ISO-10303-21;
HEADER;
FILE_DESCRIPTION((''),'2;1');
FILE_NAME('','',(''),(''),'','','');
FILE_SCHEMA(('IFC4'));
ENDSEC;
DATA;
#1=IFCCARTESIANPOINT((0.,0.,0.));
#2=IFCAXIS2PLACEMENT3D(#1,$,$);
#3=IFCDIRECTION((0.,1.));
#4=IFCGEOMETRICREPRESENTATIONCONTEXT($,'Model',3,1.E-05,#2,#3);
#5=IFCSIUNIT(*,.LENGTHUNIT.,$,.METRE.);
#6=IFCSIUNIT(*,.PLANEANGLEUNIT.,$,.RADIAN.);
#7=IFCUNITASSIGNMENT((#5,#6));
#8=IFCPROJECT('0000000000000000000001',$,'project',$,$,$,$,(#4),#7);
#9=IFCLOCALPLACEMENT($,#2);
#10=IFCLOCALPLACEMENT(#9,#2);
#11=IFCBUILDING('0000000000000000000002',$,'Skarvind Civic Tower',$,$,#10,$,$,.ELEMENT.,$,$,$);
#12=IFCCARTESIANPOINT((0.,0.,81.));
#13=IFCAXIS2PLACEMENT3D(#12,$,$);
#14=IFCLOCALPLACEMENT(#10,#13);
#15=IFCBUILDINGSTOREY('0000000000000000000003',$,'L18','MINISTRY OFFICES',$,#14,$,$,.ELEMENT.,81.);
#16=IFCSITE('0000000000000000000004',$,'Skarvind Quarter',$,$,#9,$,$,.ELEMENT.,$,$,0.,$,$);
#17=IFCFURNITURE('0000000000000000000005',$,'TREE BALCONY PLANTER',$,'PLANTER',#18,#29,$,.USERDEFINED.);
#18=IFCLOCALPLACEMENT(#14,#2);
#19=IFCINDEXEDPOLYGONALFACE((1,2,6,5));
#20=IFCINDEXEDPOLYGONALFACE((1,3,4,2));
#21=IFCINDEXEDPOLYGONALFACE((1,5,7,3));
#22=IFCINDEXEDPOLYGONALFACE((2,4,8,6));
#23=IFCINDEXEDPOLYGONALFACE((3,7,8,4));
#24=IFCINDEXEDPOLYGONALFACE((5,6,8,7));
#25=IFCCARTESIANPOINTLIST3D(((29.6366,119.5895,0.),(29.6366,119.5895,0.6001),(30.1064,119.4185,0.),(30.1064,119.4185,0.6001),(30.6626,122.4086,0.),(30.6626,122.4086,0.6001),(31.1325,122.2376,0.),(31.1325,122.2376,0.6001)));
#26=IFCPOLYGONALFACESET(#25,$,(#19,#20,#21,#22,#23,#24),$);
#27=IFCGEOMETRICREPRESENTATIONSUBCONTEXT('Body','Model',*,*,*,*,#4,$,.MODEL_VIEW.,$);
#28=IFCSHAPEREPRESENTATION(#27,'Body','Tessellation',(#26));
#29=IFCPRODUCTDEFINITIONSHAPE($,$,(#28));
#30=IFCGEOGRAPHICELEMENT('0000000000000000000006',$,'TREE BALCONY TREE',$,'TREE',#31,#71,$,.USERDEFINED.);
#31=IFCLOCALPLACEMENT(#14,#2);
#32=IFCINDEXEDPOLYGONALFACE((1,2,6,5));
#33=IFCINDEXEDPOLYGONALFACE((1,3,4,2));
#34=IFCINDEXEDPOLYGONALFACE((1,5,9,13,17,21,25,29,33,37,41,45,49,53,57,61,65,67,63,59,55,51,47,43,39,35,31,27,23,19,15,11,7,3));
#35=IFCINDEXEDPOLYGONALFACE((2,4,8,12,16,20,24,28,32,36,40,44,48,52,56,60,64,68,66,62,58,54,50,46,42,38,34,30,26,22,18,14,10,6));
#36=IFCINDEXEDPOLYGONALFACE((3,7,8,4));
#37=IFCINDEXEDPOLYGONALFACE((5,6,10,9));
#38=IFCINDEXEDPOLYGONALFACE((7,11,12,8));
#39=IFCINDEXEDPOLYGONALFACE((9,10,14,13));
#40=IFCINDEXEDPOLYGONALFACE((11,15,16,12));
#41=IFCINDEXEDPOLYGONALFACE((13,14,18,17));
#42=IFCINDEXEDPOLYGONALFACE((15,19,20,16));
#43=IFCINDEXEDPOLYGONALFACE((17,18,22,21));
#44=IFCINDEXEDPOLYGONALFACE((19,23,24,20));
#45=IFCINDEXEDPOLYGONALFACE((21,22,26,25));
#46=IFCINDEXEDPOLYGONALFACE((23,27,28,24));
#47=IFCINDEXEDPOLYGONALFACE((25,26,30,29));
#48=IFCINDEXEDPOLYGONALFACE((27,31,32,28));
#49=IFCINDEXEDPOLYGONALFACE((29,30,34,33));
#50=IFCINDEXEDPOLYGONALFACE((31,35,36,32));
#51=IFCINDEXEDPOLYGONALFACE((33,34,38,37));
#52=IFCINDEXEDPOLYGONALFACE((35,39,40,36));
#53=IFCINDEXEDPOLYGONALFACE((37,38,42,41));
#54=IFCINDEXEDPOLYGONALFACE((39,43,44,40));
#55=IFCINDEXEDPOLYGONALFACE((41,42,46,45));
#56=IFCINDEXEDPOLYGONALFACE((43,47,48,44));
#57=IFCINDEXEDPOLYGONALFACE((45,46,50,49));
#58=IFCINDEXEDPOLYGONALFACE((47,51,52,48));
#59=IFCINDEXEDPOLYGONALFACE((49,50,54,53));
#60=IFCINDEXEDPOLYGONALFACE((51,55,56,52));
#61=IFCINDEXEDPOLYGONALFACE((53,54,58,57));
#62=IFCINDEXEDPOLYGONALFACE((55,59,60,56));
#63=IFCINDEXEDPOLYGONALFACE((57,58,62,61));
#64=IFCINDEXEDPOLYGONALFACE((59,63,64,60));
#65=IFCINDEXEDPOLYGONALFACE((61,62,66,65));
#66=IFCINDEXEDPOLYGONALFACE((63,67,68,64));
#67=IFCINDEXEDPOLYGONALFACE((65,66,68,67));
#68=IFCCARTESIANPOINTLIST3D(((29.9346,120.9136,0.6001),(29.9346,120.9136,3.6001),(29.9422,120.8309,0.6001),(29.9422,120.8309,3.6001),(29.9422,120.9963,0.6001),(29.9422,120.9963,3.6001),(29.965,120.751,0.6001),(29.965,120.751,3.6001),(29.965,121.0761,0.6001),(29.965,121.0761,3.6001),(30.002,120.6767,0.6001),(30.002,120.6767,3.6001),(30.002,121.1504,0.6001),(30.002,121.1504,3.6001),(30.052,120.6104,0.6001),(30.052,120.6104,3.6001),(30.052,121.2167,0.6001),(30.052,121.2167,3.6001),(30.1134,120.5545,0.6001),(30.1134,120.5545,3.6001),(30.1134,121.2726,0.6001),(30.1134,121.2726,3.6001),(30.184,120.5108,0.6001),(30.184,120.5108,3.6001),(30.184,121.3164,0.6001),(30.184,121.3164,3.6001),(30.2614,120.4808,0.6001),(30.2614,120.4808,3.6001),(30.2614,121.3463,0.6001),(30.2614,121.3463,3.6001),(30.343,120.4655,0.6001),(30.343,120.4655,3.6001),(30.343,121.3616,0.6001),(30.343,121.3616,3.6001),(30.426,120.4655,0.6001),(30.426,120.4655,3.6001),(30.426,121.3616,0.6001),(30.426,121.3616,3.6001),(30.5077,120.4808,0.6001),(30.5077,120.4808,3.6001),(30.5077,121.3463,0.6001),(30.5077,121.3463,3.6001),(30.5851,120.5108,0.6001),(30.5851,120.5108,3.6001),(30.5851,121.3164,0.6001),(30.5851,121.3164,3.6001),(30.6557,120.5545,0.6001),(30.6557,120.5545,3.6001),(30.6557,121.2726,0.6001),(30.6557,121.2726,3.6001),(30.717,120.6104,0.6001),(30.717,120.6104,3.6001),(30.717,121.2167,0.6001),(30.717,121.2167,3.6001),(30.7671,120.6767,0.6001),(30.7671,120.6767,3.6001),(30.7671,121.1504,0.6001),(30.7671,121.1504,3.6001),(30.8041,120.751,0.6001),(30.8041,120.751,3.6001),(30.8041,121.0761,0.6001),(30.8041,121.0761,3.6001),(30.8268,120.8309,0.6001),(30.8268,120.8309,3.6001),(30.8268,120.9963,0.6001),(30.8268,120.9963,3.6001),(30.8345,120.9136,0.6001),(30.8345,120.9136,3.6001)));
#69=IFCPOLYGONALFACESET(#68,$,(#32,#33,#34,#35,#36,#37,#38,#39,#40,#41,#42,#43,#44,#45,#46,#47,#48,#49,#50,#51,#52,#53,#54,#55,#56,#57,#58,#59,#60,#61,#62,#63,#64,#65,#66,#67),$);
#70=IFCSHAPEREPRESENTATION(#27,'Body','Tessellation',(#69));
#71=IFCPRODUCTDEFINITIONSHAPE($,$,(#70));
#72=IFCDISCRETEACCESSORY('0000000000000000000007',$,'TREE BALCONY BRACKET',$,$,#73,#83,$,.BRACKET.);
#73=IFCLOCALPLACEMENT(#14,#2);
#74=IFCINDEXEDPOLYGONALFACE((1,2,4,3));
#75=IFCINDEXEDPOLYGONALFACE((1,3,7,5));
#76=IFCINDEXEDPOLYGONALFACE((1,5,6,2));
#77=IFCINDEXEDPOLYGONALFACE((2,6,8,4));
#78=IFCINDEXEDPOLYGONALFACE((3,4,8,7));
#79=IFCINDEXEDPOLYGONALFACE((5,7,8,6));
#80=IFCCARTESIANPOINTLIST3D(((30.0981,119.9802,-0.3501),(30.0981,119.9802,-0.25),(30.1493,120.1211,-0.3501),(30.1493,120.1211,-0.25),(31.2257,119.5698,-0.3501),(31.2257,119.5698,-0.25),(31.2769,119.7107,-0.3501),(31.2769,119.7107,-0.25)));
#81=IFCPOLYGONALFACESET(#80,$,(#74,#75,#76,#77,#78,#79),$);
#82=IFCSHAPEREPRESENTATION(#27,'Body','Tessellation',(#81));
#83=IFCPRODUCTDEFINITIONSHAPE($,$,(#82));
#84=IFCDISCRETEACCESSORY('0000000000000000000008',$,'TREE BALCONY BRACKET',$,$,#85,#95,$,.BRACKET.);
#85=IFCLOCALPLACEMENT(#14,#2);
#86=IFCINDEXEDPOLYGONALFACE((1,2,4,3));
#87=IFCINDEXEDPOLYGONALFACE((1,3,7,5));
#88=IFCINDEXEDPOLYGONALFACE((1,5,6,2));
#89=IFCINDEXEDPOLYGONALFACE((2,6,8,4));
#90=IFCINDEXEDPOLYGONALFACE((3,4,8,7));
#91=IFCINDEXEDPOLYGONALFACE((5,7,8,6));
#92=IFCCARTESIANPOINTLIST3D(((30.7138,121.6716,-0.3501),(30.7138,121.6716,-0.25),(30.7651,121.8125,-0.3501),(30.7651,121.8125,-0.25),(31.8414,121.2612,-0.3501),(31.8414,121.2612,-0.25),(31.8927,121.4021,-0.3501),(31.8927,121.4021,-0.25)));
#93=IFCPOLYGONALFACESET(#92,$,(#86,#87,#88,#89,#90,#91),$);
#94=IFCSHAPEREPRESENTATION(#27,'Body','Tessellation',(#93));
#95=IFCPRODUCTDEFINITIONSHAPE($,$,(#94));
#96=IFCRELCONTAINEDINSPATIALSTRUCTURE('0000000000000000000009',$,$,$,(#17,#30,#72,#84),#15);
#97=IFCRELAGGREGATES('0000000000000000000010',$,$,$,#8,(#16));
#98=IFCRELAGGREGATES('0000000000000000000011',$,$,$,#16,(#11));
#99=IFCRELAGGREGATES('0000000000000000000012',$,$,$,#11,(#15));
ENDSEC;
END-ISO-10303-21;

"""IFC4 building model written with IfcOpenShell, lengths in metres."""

from ifc_helpers import new_model, si_unit, direction, frame, origin, origin_2d, place, context, subcontext, project, spatial, rectangle, circle, extrude, element, save


model = new_model("IFC4")

# Units and contexts
model_context = context("Model", 3, precision=1e-05, world=origin(), true_north=direction((0.0, 1.0)))
body_context = subcontext(model_context, "Body", "Model", "MODEL_VIEW")
ifc_project = project(units=[si_unit("LENGTHUNIT", "METRE"), si_unit("PLANEANGLEUNIT", "RADIAN")], contexts=[model_context])

# Site, building, storey
site_placement = place(None, origin())
site = spatial("IfcSite", under=ifc_project, at=site_placement, Name="Skarvind Quarter", CompositionType="ELEMENT", RefElevation=0.0)
building_placement = place(site_placement, origin())
building = spatial("IfcBuilding", under=site, at=building_placement, Name="Skarvind Civic Tower", CompositionType="ELEMENT")
storey_placement = place(building_placement, frame((0.0, 0.0, 81.0)))
storey = spatial("IfcBuildingStorey", under=building, at=storey_placement, Name="L18", Description="MINISTRY OFFICES", CompositionType="ELEMENT", Elevation=81.0)

# Furniture
furniture_placement = place(storey_placement, frame((30.3845, 120.9136, 0.0), z_axis=(0.0, 0.0, 1.0), x_axis=(0.34202, 0.939693, 0.0)))
element("IfcFurniture", 1, at=furniture_placement, inside=storey, Name="TREE BALCONY PLANTER", ObjectType="PLANTER", PredefinedType="USERDEFINED", context=body_context, shape_type="SweptSolid", body=[
    extrude(rectangle(XDim=3.0, YDim=0.5, at=origin_2d()), origin(), (0.0, 0.0, 1.0), 0.6001),
])

# Geographic element
geographic_element_placement = place(storey_placement, frame((30.3845, 120.9136, 0.6001), z_axis=(0.0, 0.0, 1.0), x_axis=(1.0, 0.0, 0.0)))
element("IfcGeographicElement", 2, at=geographic_element_placement, inside=storey, Name="TREE BALCONY TREE", ObjectType="TREE", PredefinedType="USERDEFINED", context=body_context, shape_type="SweptSolid", body=[
    extrude(circle(Radius=0.45, at=origin_2d()), origin(), (0.0, 0.0, 1.0), 3.0),
])

# Discrete accessories
for number, where, z_axis, x_axis, name in (
    (3, (30.6875, 119.8455, -0.3501), (0.0, 0.0, 1.0), (0.34202, 0.939693, 0.0), "TREE BALCONY BRACKET"),
    (4, (31.3032, 121.5369, -0.3501), (0.0, 0.0, 1.0), (0.34202, 0.939693, 0.0), "TREE BALCONY BRACKET"),
):
    element("IfcDiscreteAccessory", number, at=place(storey_placement, frame(where, z_axis=z_axis, x_axis=x_axis)), inside=storey, Name=name, PredefinedType="BRACKET", context=body_context, shape_type="SweptSolid", body=[
        extrude(rectangle(XDim=0.1499, YDim=1.2, at=origin_2d()), origin(), (0.0, 0.0, 1.0), 0.1001),
    ])

save(model, "model.ifc")
